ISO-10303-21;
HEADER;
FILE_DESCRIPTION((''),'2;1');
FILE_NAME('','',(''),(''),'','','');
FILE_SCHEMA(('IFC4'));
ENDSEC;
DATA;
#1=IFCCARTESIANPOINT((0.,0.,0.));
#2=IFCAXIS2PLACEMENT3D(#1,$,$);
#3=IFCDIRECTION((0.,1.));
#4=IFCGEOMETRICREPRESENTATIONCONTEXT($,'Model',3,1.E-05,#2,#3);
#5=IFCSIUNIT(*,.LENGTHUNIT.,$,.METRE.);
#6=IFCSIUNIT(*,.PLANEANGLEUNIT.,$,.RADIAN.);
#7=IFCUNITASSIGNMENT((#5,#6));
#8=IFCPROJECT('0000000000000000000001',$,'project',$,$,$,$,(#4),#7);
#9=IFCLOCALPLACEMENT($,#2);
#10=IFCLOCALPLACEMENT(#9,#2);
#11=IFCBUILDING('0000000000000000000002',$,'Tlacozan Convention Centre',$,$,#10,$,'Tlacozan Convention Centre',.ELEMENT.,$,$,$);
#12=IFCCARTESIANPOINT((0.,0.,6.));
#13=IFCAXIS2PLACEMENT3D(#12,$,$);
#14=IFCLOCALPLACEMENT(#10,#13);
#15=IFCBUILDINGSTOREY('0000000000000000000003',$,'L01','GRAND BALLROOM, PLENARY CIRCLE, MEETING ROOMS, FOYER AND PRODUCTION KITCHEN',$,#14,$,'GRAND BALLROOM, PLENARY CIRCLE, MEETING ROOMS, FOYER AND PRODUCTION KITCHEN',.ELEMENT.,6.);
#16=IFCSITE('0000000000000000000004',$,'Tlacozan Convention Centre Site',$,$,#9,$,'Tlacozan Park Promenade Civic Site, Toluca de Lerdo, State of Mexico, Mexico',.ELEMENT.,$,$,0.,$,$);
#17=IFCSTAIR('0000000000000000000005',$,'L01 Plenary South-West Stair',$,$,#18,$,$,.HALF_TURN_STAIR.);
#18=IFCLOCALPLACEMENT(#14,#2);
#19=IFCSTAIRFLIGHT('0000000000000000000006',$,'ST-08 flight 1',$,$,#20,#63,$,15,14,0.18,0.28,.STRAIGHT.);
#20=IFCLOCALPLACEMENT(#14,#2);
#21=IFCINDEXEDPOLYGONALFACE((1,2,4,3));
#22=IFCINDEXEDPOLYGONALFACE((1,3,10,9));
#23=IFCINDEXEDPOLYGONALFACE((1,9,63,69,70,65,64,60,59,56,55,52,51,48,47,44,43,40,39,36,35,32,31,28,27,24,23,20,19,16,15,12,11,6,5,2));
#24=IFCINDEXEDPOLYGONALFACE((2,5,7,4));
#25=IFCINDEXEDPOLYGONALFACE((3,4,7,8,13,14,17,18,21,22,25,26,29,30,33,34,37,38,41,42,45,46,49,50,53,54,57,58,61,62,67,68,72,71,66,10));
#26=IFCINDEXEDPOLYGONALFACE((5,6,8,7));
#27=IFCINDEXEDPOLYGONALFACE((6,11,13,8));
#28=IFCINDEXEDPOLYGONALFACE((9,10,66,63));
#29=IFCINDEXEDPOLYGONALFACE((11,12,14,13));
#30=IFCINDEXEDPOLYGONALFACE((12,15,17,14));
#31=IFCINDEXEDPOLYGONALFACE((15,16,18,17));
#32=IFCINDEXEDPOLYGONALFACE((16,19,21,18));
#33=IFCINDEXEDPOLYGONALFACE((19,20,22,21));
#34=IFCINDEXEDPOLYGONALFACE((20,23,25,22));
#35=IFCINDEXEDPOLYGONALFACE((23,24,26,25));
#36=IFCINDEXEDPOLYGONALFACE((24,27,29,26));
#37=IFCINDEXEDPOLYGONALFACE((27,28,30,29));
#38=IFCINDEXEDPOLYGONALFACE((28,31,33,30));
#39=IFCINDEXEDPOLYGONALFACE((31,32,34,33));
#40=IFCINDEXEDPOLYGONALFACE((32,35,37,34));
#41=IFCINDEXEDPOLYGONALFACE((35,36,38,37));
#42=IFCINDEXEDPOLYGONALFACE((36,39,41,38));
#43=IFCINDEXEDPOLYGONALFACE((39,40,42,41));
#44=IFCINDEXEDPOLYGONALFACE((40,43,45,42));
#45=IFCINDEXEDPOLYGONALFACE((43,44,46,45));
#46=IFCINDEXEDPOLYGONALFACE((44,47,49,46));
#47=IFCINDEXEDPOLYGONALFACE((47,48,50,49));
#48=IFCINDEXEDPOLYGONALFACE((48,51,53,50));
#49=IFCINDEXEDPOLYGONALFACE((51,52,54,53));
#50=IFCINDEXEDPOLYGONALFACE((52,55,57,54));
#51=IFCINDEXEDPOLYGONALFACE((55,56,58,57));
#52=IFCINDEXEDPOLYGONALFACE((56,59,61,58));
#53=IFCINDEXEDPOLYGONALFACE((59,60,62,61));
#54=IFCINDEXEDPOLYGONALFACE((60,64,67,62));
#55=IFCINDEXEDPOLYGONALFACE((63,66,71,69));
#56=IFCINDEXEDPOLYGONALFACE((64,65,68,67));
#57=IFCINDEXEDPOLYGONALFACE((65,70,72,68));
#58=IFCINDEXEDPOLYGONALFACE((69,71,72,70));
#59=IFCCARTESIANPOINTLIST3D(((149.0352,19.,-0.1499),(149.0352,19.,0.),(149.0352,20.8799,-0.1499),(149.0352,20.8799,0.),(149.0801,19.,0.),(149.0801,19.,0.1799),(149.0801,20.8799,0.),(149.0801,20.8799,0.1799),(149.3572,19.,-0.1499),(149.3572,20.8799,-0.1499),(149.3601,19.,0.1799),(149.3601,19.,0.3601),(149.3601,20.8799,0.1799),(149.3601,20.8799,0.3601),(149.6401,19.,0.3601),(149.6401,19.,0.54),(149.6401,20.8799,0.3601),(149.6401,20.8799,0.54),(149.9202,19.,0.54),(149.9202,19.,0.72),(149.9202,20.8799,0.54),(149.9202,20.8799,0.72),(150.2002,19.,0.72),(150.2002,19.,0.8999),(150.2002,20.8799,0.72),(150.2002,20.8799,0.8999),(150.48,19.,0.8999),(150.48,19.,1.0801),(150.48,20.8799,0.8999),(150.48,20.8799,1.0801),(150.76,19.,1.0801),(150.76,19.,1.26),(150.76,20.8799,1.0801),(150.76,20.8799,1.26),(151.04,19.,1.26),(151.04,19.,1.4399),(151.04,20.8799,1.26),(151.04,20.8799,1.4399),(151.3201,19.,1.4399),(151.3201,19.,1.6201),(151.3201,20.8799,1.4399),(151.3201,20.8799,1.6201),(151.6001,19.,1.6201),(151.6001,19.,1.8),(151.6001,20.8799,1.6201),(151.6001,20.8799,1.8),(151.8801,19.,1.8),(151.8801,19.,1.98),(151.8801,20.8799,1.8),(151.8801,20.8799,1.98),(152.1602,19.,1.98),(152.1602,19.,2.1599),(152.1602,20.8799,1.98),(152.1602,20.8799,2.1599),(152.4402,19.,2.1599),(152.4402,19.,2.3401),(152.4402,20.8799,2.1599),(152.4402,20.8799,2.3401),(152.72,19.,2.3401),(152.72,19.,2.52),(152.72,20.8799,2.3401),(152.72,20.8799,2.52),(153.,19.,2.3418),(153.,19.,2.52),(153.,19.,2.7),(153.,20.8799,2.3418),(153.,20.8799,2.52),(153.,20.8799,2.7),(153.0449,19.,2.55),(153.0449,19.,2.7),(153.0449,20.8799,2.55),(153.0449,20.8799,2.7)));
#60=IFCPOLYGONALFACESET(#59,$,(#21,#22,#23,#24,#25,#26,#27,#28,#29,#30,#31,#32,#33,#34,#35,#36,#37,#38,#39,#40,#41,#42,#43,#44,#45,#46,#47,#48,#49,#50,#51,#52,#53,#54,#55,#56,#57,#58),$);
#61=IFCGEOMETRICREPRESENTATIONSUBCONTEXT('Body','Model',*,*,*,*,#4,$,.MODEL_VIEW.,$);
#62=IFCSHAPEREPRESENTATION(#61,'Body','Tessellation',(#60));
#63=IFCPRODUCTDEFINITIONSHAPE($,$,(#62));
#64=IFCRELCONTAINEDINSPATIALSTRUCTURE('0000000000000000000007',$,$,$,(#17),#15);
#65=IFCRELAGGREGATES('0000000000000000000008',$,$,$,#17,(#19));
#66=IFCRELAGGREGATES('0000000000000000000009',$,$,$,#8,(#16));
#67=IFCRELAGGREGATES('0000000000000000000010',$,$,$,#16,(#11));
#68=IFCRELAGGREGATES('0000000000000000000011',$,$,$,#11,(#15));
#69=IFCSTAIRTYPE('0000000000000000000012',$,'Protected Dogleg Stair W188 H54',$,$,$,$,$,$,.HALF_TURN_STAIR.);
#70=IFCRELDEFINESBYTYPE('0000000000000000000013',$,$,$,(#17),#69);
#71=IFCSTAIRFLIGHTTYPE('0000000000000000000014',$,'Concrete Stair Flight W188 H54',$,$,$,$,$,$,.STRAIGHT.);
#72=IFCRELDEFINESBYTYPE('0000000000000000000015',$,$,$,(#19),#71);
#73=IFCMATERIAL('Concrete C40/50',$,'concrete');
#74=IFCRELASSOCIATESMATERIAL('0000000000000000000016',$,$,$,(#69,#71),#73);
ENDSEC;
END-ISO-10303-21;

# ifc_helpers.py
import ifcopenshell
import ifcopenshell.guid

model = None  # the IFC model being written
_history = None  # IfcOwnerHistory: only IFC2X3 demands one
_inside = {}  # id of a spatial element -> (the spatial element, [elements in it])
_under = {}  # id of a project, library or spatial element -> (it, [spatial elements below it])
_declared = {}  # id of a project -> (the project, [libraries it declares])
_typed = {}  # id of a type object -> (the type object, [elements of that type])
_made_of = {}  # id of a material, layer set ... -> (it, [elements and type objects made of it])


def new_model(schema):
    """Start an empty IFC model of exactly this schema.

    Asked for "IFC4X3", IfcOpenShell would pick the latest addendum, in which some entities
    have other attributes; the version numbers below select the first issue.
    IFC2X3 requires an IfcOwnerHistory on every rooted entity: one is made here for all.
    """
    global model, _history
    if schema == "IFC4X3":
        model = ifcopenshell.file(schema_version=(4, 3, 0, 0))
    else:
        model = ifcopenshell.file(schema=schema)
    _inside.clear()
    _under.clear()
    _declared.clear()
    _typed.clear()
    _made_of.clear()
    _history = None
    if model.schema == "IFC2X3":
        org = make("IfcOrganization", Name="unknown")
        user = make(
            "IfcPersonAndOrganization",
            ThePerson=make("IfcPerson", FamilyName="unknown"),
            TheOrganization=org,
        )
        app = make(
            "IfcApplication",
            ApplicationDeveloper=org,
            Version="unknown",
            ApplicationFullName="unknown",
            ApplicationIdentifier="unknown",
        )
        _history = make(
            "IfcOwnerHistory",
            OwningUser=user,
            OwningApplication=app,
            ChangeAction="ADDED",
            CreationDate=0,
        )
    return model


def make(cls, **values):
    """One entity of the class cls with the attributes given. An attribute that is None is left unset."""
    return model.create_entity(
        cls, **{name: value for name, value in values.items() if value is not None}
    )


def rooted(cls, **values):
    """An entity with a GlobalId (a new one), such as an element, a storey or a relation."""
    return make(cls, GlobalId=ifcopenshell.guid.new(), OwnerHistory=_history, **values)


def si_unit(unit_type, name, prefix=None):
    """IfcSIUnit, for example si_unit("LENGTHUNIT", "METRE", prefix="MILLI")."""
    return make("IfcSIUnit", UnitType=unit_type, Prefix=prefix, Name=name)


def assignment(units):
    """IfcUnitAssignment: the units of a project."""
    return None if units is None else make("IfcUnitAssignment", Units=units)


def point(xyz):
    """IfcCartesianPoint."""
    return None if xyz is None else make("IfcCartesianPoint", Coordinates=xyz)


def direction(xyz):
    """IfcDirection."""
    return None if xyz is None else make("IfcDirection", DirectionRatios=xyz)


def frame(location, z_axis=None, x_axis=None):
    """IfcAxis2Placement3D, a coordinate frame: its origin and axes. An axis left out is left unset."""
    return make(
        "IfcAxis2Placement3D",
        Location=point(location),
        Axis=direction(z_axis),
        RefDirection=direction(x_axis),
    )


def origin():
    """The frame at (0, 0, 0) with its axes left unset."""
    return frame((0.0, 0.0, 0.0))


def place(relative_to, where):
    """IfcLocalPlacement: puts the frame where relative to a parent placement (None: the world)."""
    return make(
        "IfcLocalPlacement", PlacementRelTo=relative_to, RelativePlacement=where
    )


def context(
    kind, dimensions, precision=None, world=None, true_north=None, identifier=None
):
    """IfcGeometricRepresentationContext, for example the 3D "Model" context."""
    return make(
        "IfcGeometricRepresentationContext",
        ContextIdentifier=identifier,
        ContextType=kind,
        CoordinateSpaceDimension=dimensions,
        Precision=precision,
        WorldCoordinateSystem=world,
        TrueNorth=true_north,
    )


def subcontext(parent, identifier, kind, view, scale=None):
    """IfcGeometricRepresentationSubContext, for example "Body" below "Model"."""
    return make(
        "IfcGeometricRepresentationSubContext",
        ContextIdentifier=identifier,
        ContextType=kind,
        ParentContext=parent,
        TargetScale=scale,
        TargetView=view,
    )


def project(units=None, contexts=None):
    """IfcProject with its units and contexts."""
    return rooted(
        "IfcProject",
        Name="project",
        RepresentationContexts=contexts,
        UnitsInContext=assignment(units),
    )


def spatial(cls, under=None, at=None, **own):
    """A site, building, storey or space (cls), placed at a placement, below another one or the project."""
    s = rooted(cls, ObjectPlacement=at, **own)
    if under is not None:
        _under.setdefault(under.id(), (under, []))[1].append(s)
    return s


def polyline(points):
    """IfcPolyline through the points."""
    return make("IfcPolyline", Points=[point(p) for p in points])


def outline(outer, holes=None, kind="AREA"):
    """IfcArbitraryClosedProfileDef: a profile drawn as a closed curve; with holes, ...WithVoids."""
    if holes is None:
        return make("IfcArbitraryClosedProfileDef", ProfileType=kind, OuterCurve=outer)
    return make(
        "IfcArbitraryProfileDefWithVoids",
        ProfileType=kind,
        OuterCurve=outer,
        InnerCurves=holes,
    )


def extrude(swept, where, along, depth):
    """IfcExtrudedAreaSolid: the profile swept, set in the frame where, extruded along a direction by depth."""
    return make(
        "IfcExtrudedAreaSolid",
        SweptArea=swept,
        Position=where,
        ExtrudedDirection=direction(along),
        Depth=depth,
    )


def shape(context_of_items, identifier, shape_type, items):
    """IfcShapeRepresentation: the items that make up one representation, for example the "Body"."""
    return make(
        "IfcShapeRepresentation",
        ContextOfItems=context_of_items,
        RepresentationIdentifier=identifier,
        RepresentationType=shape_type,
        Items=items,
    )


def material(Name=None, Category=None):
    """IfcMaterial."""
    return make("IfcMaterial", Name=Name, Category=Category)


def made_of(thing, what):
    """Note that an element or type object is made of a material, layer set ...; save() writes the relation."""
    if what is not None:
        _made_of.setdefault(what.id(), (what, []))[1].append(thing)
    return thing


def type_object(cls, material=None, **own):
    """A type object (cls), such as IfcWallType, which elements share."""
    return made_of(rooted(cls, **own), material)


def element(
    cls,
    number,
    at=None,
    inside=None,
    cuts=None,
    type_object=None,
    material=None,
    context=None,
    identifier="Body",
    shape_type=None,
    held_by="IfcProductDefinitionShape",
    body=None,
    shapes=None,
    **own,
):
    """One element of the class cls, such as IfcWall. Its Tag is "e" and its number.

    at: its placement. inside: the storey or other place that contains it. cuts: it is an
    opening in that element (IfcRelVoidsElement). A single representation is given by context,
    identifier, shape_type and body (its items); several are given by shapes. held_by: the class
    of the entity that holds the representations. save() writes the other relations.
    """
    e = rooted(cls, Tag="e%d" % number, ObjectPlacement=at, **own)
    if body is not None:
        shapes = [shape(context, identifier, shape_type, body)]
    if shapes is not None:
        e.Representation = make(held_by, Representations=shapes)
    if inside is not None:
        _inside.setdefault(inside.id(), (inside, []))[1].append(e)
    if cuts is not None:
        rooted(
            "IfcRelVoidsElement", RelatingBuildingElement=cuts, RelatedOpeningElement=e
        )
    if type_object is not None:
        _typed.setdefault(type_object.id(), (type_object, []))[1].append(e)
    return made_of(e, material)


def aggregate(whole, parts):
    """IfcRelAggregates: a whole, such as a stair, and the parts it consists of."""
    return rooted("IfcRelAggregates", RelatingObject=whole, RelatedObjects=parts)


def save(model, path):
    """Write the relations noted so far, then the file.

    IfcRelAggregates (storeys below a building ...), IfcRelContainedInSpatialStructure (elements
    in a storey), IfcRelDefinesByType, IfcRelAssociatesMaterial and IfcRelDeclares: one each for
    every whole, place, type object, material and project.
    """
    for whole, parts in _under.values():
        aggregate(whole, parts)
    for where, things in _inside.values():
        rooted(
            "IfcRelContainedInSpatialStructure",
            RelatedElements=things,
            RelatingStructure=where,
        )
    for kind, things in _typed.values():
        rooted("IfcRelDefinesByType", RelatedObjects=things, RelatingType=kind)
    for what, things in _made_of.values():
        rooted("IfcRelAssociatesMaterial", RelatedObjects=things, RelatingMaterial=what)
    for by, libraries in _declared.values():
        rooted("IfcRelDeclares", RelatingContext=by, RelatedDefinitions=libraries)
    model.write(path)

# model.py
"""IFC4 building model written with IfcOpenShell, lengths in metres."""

from ifc_helpers import new_model, si_unit, direction, frame, origin, place, context, subcontext, project, spatial, polyline, outline, extrude, material, type_object, element, aggregate, save


model = new_model("IFC4")

# Units and contexts
model_context = context("Model", 3, precision=1e-05, world=origin(), true_north=direction((0.0, 1.0)))
body_context = subcontext(model_context, "Body", "Model", "MODEL_VIEW")
ifc_project = project(units=[si_unit("LENGTHUNIT", "METRE"), si_unit("PLANEANGLEUNIT", "RADIAN")], contexts=[model_context])

# Site, building, storey
site_placement = place(None, origin())
site = spatial("IfcSite", under=ifc_project, at=site_placement, Name="Tlacozan Convention Centre Site", LongName="Tlacozan Park Promenade Civic Site, Toluca de Lerdo, State of Mexico, Mexico", CompositionType="ELEMENT", RefElevation=0.0)
building_placement = place(site_placement, origin())
building = spatial("IfcBuilding", under=site, at=building_placement, Name="Tlacozan Convention Centre", LongName="Tlacozan Convention Centre", CompositionType="ELEMENT")
storey_placement = place(building_placement, frame((0.0, 0.0, 6.0)))
storey = spatial("IfcBuildingStorey", under=building, at=storey_placement, Name="L01", Description="GRAND BALLROOM, PLENARY CIRCLE, MEETING ROOMS, FOYER AND PRODUCTION KITCHEN", LongName="GRAND BALLROOM, PLENARY CIRCLE, MEETING ROOMS, FOYER AND PRODUCTION KITCHEN", CompositionType="ELEMENT", Elevation=6.0)

# Shared definitions
ifc_material_1 = material(Name="Concrete C40/50", Category="concrete")

# Stair, stair flight
stair_type = type_object("IfcStairType", Name="Protected Dogleg Stair W188 H54", PredefinedType="HALF_TURN_STAIR", material=ifc_material_1)
stair_placement = place(storey_placement, origin())
stair = element("IfcStair", 1, at=stair_placement, inside=storey, type_object=stair_type, Name="L01 Plenary South-West Stair", PredefinedType="HALF_TURN_STAIR")
stair_flight_type = type_object("IfcStairFlightType", Name="Concrete Stair Flight W188 H54", PredefinedType="STRAIGHT", material=ifc_material_1)
stair_flight_placement = place(storey_placement, frame((149.0801, 19.9399, 0.0), z_axis=(0.0, 0.0, 1.0), x_axis=(1.0, 0.0, 0.0)))
stair_flight = element("IfcStairFlight", 2, at=stair_flight_placement, type_object=stair_flight_type, Name="ST-08 flight 1", NumberOfRisers=15, NumberOfTreads=14, PredefinedType="STRAIGHT", RiserHeight=0.18, TreadLength=0.28, context=body_context, shape_type="SweptSolid", body=[
    extrude(outline(polyline([(-0.0449, -0.1499), (-0.0449, 0.0), (0.0, 0.0), (0.0, 0.1799), (0.28, 0.1799), (0.28, 0.3601), (0.5601, 0.3601), (0.5601, 0.54), (0.8401, 0.54), (0.8401, 0.72), (1.1201, 0.72), (1.1201, 0.8999), (1.3999, 0.8999), (1.3999, 1.0801), (1.6799, 1.0801), (1.6799, 1.26), (1.96, 1.26), (1.96, 1.4399), (2.24, 1.4399), (2.24, 1.6201), (2.52, 1.6201), (2.52, 1.8), (2.8, 1.8), (2.8, 1.98), (3.0801, 1.98), (3.0801, 2.1599), (3.3601, 2.1599), (3.3601, 2.3401), (3.6399, 2.3401), (3.6399, 2.52), (3.9199, 2.52), (3.9199, 2.7), (3.9648, 2.7), (3.9648, 2.55), (3.9199, 2.3418), (0.2771, -0.1499), (-0.0449, -0.1499)])), frame((0.0, 0.9399, 0.0), z_axis=(0.0, -1.0, 0.0), x_axis=(1.0, 0.0, 0.0)), (0.0, 0.0, 1.0), 1.8799),
])
aggregate(stair, [stair_flight])

save(model, "model.ifc")
